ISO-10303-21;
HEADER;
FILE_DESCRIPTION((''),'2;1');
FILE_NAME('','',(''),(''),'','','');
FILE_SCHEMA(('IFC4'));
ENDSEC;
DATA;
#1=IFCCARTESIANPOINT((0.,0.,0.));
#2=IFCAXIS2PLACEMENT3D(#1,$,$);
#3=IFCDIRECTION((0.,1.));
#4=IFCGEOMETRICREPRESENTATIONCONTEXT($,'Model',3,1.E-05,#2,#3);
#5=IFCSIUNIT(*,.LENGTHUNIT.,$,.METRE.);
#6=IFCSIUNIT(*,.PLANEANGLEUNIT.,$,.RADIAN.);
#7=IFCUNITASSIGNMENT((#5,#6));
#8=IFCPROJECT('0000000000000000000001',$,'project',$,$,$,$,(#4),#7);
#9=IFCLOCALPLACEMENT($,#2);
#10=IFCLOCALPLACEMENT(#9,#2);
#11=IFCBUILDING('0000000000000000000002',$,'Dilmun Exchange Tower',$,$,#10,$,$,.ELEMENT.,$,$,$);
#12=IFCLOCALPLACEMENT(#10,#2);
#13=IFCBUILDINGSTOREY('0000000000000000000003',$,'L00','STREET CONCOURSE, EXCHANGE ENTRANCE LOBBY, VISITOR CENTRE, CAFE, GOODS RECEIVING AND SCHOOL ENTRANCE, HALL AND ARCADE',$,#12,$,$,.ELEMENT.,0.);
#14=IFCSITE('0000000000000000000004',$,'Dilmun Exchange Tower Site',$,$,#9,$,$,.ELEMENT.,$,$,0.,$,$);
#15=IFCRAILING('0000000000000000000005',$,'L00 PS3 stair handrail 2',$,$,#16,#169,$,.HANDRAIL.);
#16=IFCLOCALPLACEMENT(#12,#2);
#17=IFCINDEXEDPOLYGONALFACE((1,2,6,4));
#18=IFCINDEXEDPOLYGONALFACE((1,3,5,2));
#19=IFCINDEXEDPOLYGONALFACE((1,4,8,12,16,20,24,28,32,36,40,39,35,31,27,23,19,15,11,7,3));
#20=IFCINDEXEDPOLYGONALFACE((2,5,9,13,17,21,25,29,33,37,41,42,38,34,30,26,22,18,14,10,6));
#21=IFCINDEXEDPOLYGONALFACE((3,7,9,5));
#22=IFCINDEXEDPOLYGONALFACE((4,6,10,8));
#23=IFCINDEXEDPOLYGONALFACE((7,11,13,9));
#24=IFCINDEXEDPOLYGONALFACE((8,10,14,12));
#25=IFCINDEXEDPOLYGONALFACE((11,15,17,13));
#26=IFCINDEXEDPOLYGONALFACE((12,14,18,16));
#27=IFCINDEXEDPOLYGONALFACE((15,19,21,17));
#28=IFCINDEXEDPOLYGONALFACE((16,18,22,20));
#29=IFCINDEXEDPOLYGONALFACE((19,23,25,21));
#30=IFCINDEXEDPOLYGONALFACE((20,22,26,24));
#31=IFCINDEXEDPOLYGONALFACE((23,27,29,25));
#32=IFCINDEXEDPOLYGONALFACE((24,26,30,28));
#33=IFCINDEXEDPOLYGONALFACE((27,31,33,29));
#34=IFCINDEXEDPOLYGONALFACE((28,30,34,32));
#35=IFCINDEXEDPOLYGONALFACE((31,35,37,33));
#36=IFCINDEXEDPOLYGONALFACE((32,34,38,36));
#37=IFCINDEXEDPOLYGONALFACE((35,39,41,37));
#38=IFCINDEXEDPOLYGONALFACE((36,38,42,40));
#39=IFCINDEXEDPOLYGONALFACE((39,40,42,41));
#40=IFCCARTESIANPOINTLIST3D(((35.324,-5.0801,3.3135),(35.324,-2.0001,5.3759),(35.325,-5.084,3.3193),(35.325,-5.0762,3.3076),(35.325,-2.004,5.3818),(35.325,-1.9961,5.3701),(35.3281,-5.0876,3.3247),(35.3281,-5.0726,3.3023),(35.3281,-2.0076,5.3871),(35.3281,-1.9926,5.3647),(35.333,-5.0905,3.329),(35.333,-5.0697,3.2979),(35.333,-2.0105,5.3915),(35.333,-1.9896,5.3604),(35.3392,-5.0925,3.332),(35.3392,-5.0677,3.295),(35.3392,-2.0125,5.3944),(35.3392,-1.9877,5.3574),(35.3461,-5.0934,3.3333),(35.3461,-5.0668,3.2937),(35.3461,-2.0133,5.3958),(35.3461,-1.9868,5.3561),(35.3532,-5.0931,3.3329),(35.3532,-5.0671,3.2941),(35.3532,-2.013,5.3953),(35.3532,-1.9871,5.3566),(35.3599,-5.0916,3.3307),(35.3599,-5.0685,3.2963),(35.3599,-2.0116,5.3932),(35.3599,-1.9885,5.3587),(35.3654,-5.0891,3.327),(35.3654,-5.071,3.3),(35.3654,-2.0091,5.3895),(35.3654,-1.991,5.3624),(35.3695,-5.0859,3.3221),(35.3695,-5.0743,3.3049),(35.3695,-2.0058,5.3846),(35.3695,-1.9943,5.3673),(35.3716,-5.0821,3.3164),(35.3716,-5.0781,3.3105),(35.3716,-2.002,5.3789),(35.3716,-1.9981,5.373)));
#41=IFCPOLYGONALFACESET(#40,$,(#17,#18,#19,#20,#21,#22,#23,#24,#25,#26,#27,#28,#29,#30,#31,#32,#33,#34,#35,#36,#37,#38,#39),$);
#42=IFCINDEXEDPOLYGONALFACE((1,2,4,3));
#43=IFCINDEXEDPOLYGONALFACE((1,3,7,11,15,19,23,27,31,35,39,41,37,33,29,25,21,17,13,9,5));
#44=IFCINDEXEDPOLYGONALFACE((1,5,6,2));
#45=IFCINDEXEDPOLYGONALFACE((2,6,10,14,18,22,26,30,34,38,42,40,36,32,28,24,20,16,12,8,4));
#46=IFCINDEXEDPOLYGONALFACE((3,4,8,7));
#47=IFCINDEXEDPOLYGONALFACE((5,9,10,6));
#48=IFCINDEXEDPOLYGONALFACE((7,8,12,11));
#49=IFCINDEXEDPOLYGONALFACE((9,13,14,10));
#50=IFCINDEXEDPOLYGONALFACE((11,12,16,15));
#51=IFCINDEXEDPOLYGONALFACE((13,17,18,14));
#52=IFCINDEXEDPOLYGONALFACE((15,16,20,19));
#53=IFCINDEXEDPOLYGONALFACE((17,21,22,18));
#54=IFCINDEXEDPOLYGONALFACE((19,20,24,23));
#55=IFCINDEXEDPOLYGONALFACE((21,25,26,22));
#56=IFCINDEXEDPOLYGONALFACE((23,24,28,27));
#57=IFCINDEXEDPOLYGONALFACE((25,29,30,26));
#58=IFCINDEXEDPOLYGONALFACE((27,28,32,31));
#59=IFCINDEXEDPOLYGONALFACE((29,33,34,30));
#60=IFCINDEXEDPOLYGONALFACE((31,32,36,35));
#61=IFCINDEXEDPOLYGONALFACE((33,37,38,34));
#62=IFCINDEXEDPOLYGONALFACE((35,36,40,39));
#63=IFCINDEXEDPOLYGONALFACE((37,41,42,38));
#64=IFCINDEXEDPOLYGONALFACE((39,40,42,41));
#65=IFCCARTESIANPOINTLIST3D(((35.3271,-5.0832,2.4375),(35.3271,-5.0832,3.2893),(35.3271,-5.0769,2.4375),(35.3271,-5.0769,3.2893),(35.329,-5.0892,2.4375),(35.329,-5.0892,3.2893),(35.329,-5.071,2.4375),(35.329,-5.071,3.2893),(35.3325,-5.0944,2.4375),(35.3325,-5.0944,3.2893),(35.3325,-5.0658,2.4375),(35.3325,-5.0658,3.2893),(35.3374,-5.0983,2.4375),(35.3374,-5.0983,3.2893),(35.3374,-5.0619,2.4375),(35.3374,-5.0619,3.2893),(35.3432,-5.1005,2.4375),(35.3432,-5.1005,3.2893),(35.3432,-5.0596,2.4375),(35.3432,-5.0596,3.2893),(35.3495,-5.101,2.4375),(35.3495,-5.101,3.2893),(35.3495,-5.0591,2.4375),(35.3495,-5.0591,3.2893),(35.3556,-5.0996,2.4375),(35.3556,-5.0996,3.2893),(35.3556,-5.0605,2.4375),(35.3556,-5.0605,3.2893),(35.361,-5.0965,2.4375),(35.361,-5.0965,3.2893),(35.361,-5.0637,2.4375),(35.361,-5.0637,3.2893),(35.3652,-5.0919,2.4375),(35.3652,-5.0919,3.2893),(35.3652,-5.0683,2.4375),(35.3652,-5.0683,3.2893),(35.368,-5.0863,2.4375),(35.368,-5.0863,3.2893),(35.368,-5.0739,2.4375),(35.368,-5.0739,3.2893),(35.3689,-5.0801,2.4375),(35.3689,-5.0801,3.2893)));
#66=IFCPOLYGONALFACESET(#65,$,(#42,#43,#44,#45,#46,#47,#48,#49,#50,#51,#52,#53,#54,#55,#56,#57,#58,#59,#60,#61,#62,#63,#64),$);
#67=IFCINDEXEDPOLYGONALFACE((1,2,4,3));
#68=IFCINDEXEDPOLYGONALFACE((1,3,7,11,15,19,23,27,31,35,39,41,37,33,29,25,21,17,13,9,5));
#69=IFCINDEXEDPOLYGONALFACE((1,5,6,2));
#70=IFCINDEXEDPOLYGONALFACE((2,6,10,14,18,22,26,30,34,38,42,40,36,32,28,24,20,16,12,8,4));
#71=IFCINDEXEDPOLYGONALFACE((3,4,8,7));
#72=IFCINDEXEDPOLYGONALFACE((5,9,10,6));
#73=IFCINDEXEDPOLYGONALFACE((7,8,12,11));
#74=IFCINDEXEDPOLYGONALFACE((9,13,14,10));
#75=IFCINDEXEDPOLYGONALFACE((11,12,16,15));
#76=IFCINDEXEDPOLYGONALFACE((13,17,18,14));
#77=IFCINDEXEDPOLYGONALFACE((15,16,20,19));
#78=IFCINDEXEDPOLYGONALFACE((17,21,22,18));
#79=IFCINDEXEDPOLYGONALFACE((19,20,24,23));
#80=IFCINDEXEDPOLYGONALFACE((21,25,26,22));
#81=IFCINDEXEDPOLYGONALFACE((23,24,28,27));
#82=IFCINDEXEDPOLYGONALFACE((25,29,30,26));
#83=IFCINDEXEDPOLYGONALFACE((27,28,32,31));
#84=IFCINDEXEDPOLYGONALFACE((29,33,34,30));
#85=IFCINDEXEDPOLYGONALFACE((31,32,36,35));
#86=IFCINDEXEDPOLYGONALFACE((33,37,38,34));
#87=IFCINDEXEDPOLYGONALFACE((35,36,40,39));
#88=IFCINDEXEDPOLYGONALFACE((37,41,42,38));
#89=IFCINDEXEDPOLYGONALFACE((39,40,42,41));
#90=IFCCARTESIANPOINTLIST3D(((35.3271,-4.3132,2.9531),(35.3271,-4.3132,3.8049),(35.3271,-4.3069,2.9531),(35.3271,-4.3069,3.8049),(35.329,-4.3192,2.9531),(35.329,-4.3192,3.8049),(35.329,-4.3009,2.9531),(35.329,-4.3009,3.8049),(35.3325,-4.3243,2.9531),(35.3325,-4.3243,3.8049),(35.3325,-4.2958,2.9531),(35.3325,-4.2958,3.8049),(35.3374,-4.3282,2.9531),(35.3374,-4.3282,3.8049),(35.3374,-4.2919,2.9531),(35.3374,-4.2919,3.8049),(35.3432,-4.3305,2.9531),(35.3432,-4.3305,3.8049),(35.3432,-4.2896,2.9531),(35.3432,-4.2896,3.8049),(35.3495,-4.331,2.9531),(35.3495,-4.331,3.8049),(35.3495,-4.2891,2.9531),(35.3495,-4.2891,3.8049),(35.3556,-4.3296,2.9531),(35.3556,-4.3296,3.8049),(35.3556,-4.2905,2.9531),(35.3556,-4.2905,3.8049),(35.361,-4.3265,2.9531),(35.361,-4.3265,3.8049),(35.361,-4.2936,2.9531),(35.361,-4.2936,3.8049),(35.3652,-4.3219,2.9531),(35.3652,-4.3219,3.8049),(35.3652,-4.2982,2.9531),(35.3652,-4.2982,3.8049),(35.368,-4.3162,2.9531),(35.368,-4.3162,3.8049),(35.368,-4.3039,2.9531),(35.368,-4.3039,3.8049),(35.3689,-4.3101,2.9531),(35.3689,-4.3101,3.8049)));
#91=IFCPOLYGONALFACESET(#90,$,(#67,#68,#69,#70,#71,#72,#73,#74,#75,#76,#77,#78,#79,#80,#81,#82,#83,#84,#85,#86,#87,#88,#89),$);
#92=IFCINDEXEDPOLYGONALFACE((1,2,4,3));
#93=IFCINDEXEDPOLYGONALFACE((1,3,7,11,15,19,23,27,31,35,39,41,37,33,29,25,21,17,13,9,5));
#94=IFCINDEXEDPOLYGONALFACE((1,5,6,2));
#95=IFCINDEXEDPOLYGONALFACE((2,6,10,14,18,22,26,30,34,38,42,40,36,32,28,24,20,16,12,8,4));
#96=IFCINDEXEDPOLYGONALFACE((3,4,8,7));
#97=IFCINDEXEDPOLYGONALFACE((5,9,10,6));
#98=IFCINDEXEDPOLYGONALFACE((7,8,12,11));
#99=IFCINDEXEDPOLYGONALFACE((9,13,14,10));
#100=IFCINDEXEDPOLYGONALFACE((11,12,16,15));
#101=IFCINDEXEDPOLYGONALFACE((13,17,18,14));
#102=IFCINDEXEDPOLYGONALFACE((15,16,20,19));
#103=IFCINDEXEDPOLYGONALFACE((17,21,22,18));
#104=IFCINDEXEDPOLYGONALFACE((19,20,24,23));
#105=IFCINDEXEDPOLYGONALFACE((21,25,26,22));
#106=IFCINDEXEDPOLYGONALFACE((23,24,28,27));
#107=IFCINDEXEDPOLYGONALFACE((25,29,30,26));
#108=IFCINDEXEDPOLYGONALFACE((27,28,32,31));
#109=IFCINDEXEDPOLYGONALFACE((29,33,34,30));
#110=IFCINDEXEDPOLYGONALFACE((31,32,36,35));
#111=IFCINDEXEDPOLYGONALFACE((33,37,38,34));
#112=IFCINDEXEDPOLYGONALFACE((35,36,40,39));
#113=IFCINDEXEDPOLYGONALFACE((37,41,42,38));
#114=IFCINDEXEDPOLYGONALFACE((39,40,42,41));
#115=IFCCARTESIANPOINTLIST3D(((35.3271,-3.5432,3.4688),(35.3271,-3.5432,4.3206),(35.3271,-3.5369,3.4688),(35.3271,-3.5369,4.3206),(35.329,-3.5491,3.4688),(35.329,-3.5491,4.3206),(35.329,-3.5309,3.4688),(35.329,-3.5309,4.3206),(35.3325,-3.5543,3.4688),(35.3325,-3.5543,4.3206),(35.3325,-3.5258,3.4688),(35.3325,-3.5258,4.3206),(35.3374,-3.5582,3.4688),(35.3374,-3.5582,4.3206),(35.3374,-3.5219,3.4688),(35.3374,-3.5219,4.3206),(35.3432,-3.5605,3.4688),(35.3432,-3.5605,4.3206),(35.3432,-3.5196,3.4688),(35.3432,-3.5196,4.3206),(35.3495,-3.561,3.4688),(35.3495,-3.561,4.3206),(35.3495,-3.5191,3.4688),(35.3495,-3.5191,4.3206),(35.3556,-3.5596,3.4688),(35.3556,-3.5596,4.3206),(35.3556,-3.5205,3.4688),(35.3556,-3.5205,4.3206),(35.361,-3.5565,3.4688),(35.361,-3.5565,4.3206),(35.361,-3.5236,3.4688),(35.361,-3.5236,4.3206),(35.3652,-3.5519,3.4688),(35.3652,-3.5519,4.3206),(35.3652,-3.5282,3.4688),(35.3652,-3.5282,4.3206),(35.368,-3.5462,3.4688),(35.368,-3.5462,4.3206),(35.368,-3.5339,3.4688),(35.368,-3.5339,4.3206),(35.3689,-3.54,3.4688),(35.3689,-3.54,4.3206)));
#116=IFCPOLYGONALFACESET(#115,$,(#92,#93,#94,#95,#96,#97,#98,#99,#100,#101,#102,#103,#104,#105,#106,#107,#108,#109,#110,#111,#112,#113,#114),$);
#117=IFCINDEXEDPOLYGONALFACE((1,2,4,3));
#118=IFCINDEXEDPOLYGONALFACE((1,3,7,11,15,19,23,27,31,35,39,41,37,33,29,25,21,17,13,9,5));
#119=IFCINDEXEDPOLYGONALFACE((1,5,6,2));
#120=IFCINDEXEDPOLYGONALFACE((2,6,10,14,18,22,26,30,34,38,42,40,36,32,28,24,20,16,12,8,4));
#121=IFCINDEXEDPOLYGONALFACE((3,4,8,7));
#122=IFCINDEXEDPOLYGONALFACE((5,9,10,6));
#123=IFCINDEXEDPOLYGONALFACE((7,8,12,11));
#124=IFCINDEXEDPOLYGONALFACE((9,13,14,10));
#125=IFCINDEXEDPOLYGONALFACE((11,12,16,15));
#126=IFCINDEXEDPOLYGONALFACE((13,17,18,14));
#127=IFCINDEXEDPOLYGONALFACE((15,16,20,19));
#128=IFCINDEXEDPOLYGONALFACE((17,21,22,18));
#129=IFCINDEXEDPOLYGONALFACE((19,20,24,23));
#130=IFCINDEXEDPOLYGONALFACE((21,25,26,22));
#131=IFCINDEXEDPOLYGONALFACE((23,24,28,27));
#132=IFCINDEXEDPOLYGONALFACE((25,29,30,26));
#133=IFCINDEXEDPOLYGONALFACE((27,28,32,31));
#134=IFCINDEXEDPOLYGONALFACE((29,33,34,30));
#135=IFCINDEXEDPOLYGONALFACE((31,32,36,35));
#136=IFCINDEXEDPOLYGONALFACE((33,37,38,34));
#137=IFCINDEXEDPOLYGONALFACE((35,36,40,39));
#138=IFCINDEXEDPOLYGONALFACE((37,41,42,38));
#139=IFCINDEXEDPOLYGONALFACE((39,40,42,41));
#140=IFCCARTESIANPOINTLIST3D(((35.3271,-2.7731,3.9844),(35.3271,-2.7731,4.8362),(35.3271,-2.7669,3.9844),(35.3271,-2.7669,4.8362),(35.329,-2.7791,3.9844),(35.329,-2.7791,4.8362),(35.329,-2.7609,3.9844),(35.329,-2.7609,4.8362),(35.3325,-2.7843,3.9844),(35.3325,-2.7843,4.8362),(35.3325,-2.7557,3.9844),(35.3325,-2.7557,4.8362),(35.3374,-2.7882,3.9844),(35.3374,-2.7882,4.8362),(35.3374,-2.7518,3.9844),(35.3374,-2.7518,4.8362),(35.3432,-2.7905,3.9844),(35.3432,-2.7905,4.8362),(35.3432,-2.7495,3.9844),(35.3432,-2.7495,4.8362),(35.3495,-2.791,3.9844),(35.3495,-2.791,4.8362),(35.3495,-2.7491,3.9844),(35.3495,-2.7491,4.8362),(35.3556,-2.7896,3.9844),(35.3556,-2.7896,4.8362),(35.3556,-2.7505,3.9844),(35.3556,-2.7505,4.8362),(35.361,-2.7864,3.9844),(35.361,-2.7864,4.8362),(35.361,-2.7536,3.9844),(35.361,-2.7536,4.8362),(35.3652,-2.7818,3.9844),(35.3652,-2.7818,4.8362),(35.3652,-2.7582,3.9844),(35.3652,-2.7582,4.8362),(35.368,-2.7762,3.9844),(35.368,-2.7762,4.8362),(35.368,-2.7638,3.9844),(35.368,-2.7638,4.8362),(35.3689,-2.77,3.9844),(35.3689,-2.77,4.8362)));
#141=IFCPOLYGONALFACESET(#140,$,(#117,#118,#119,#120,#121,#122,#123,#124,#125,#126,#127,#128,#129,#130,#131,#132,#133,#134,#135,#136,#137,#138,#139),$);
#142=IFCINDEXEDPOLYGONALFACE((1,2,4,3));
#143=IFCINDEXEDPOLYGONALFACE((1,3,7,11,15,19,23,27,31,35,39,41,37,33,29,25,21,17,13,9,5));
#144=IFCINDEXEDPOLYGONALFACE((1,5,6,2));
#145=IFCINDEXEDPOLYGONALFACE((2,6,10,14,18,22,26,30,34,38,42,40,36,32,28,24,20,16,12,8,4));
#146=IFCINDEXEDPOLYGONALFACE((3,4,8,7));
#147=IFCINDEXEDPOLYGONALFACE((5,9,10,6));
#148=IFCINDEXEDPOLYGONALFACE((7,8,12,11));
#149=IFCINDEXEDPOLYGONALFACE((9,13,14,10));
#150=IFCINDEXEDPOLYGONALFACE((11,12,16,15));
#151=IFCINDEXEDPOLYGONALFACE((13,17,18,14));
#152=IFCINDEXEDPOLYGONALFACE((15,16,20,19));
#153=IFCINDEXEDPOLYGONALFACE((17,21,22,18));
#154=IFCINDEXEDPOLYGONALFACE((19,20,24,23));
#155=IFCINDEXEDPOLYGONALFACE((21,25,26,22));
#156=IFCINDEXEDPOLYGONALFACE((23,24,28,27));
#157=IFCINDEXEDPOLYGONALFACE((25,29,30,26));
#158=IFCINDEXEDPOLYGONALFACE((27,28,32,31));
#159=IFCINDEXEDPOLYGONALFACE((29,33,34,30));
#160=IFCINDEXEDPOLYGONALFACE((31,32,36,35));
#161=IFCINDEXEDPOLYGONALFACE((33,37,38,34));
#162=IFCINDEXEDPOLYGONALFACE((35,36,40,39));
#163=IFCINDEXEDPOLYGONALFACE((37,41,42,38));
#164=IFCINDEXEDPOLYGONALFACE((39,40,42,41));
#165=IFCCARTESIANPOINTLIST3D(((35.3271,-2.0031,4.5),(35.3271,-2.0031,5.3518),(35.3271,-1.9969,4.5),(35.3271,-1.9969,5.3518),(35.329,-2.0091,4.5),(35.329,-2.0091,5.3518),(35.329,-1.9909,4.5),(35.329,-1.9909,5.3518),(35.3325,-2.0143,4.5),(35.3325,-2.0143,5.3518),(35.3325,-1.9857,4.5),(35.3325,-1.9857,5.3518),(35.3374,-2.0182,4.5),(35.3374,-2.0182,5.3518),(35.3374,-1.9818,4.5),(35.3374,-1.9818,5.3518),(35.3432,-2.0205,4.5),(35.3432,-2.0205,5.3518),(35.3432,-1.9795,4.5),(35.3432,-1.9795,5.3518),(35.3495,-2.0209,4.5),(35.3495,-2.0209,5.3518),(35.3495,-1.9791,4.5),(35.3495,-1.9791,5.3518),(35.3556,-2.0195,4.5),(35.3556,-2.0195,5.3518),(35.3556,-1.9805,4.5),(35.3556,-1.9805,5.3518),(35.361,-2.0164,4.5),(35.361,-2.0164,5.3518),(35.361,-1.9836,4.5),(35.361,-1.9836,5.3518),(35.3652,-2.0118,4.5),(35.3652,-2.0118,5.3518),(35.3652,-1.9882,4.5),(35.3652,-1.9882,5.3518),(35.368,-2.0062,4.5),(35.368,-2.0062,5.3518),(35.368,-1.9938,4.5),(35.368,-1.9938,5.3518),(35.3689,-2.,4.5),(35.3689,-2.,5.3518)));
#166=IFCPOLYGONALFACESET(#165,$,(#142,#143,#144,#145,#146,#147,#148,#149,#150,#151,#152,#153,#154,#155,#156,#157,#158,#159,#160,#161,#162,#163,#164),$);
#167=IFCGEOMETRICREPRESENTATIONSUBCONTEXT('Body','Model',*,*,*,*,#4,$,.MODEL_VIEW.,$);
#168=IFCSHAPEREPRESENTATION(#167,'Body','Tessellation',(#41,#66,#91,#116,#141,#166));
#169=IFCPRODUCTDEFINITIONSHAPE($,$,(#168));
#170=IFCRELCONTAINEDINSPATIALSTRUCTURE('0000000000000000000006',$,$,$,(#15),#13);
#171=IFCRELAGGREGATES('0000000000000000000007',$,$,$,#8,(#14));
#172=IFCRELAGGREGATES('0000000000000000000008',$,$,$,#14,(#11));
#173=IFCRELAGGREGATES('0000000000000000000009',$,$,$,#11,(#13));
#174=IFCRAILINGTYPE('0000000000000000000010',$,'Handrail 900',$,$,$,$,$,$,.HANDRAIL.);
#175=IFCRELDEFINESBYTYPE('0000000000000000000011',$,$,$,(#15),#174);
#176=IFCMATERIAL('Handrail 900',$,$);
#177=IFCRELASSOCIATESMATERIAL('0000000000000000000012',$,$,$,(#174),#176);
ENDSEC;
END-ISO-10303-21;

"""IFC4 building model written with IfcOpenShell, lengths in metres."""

from ifc_helpers import new_model, si_unit, direction, frame, origin, origin_2d, place, context, subcontext, project, spatial, circle, extrude, material, type_object, element, save


model = new_model("IFC4")

# Units and contexts
model_context = context("Model", 3, precision=1e-05, world=origin(), true_north=direction((0.0, 1.0)))
body_context = subcontext(model_context, "Body", "Model", "MODEL_VIEW")
ifc_project = project(units=[si_unit("LENGTHUNIT", "METRE"), si_unit("PLANEANGLEUNIT", "RADIAN")], contexts=[model_context])

# Site, building, storey
site_placement = place(None, origin())
site = spatial("IfcSite", under=ifc_project, at=site_placement, Name="Dilmun Exchange Tower Site", CompositionType="ELEMENT", RefElevation=0.0)
building_placement = place(site_placement, origin())
building = spatial("IfcBuilding", under=site, at=building_placement, Name="Dilmun Exchange Tower", CompositionType="ELEMENT")
storey_placement = place(building_placement, origin())
storey = spatial("IfcBuildingStorey", under=building, at=storey_placement, Name="L00", Description="STREET CONCOURSE, EXCHANGE ENTRANCE LOBBY, VISITOR CENTRE, CAFE, GOODS RECEIVING AND SCHOOL ENTRANCE, HALL AND ARCADE", CompositionType="ELEMENT", Elevation=0.0)

# Railing
ifc_material_1 = material(Name="Handrail 900")
railing_type_1 = type_object("IfcRailingType", Name="Handrail 900", PredefinedType="HANDRAIL", material=ifc_material_1)
railing_1_placement = place(storey_placement, frame((35.3479, -5.0801, 2.4375)))
element("IfcRailing", 1, at=railing_1_placement, inside=storey, type_object=railing_type_1, Name="L00 PS3 stair handrail 2", PredefinedType="HANDRAIL", context=body_context, shape_type="SweptSolid", body=[
    extrude(circle(Radius=0.0239, at=origin_2d()), frame((0.0, 0.0, 0.876), z_axis=(0.0, 0.830914, 0.556401), x_axis=(-1.0, 0.0, 0.0)), (0.0, 0.0, 1.0), 3.7068),
    extrude(circle(Radius=0.021, at=origin_2d()), origin(), (0.0, 0.0, 1.0), 0.8518),
    extrude(circle(Radius=0.021, at=origin_2d()), frame((0.0, 0.77, 0.5156)), (0.0, 0.0, 1.0), 0.8518),
    extrude(circle(Radius=0.021, at=origin_2d()), frame((0.0, 1.54, 1.0312)), (0.0, 0.0, 1.0), 0.8518),
    extrude(circle(Radius=0.021, at=origin_2d()), frame((0.0, 2.3101, 1.5469)), (0.0, 0.0, 1.0), 0.8518),
    extrude(circle(Radius=0.021, at=origin_2d()), frame((0.0, 3.0801, 2.0625)), (0.0, 0.0, 1.0), 0.8518),
])

save(model, "model.ifc")
